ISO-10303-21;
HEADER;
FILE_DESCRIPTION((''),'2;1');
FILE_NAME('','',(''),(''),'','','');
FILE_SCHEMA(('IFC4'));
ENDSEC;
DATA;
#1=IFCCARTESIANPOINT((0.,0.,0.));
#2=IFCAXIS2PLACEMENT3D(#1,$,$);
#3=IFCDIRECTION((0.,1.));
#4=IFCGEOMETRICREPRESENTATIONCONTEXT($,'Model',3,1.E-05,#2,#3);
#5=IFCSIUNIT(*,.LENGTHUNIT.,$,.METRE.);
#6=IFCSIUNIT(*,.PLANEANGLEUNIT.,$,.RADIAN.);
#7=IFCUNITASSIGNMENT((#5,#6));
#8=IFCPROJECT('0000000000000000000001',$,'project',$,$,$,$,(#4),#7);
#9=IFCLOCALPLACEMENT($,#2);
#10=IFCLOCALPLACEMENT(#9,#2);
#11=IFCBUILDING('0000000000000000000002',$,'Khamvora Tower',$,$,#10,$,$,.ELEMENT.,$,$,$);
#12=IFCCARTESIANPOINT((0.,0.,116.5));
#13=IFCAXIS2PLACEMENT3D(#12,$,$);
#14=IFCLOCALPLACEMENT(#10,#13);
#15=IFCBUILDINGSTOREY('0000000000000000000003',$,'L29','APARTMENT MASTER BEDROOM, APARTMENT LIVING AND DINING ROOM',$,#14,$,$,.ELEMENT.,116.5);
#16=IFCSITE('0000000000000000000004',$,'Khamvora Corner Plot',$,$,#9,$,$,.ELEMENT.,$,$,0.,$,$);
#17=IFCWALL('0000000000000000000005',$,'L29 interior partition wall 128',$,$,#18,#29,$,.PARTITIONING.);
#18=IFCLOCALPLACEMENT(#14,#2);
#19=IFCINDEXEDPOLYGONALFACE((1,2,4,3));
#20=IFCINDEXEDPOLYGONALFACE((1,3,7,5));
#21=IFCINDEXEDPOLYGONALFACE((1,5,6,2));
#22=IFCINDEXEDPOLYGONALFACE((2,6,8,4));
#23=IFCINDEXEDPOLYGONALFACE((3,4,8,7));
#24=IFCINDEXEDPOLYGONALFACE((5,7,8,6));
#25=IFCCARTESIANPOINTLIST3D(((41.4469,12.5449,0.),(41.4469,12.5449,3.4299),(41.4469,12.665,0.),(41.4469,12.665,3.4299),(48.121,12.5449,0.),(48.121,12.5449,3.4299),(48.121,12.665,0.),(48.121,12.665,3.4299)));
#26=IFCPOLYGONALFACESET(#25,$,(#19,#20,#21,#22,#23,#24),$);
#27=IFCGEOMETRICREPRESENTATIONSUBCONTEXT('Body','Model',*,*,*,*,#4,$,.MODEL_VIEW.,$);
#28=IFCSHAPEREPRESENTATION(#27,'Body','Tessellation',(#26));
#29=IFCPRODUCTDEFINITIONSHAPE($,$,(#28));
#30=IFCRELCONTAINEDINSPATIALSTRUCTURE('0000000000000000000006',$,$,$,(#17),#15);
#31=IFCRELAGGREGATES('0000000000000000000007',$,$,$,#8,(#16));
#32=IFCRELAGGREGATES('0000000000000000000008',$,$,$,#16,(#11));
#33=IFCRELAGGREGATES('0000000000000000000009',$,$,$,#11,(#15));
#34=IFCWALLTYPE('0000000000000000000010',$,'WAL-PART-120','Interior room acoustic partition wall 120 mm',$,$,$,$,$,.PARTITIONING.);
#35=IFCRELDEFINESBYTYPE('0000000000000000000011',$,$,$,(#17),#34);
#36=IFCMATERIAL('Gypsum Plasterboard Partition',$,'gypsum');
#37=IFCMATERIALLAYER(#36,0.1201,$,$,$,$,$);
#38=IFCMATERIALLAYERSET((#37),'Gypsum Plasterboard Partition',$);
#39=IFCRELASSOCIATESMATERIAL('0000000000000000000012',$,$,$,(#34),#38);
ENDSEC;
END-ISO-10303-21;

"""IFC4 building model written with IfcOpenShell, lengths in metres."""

from ifc_helpers import new_model, si_unit, direction, frame, frame_2d, origin, place, context, subcontext, project, spatial, rectangle, extrude, material, layer, layer_set, type_object, element, save


model = new_model("IFC4")

# Units and contexts
model_context = context("Model", 3, precision=1e-05, world=origin(), true_north=direction((0.0, 1.0)))
body_context = subcontext(model_context, "Body", "Model", "MODEL_VIEW")
ifc_project = project(units=[si_unit("LENGTHUNIT", "METRE"), si_unit("PLANEANGLEUNIT", "RADIAN")], contexts=[model_context])

# Site, building, storey
site_placement = place(None, origin())
site = spatial("IfcSite", under=ifc_project, at=site_placement, Name="Khamvora Corner Plot", CompositionType="ELEMENT", RefElevation=0.0)
building_placement = place(site_placement, origin())
building = spatial("IfcBuilding", under=site, at=building_placement, Name="Khamvora Tower", CompositionType="ELEMENT")
storey_placement = place(building_placement, frame((0.0, 0.0, 116.5)))
storey = spatial("IfcBuildingStorey", under=building, at=storey_placement, Name="L29", Description="APARTMENT MASTER BEDROOM, APARTMENT LIVING AND DINING ROOM", CompositionType="ELEMENT", Elevation=116.5)

# Shared definitions
ifc_material_1 = material(Name="Gypsum Plasterboard Partition", Category="gypsum")
ifc_layer_1 = layer(ifc_material_1, 0.1201)
ifc_layer_set_1 = layer_set([ifc_layer_1], Name="Gypsum Plasterboard Partition")
wall_type_1 = type_object("IfcWallType", Name="WAL-PART-120", Description="Interior room acoustic partition wall 120 mm", PredefinedType="PARTITIONING", material=ifc_layer_set_1)

# Wall
wall_1_placement = place(storey_placement, frame((41.447, 12.605, 0.0), z_axis=(0.0, 0.0, 1.0), x_axis=(1.0, 0.0, 0.0)))
element("IfcWall", 1, at=wall_1_placement, inside=storey, type_object=wall_type_1, Name="L29 interior partition wall 128", PredefinedType="PARTITIONING", context=body_context, shape_type="SweptSolid", body=[
    extrude(rectangle(XDim=6.6741, YDim=0.1201, at=frame_2d((3.3369, 0.0))), origin(), (0.0, 0.0, 1.0), 3.4299),
])

save(model, "model.ifc")
